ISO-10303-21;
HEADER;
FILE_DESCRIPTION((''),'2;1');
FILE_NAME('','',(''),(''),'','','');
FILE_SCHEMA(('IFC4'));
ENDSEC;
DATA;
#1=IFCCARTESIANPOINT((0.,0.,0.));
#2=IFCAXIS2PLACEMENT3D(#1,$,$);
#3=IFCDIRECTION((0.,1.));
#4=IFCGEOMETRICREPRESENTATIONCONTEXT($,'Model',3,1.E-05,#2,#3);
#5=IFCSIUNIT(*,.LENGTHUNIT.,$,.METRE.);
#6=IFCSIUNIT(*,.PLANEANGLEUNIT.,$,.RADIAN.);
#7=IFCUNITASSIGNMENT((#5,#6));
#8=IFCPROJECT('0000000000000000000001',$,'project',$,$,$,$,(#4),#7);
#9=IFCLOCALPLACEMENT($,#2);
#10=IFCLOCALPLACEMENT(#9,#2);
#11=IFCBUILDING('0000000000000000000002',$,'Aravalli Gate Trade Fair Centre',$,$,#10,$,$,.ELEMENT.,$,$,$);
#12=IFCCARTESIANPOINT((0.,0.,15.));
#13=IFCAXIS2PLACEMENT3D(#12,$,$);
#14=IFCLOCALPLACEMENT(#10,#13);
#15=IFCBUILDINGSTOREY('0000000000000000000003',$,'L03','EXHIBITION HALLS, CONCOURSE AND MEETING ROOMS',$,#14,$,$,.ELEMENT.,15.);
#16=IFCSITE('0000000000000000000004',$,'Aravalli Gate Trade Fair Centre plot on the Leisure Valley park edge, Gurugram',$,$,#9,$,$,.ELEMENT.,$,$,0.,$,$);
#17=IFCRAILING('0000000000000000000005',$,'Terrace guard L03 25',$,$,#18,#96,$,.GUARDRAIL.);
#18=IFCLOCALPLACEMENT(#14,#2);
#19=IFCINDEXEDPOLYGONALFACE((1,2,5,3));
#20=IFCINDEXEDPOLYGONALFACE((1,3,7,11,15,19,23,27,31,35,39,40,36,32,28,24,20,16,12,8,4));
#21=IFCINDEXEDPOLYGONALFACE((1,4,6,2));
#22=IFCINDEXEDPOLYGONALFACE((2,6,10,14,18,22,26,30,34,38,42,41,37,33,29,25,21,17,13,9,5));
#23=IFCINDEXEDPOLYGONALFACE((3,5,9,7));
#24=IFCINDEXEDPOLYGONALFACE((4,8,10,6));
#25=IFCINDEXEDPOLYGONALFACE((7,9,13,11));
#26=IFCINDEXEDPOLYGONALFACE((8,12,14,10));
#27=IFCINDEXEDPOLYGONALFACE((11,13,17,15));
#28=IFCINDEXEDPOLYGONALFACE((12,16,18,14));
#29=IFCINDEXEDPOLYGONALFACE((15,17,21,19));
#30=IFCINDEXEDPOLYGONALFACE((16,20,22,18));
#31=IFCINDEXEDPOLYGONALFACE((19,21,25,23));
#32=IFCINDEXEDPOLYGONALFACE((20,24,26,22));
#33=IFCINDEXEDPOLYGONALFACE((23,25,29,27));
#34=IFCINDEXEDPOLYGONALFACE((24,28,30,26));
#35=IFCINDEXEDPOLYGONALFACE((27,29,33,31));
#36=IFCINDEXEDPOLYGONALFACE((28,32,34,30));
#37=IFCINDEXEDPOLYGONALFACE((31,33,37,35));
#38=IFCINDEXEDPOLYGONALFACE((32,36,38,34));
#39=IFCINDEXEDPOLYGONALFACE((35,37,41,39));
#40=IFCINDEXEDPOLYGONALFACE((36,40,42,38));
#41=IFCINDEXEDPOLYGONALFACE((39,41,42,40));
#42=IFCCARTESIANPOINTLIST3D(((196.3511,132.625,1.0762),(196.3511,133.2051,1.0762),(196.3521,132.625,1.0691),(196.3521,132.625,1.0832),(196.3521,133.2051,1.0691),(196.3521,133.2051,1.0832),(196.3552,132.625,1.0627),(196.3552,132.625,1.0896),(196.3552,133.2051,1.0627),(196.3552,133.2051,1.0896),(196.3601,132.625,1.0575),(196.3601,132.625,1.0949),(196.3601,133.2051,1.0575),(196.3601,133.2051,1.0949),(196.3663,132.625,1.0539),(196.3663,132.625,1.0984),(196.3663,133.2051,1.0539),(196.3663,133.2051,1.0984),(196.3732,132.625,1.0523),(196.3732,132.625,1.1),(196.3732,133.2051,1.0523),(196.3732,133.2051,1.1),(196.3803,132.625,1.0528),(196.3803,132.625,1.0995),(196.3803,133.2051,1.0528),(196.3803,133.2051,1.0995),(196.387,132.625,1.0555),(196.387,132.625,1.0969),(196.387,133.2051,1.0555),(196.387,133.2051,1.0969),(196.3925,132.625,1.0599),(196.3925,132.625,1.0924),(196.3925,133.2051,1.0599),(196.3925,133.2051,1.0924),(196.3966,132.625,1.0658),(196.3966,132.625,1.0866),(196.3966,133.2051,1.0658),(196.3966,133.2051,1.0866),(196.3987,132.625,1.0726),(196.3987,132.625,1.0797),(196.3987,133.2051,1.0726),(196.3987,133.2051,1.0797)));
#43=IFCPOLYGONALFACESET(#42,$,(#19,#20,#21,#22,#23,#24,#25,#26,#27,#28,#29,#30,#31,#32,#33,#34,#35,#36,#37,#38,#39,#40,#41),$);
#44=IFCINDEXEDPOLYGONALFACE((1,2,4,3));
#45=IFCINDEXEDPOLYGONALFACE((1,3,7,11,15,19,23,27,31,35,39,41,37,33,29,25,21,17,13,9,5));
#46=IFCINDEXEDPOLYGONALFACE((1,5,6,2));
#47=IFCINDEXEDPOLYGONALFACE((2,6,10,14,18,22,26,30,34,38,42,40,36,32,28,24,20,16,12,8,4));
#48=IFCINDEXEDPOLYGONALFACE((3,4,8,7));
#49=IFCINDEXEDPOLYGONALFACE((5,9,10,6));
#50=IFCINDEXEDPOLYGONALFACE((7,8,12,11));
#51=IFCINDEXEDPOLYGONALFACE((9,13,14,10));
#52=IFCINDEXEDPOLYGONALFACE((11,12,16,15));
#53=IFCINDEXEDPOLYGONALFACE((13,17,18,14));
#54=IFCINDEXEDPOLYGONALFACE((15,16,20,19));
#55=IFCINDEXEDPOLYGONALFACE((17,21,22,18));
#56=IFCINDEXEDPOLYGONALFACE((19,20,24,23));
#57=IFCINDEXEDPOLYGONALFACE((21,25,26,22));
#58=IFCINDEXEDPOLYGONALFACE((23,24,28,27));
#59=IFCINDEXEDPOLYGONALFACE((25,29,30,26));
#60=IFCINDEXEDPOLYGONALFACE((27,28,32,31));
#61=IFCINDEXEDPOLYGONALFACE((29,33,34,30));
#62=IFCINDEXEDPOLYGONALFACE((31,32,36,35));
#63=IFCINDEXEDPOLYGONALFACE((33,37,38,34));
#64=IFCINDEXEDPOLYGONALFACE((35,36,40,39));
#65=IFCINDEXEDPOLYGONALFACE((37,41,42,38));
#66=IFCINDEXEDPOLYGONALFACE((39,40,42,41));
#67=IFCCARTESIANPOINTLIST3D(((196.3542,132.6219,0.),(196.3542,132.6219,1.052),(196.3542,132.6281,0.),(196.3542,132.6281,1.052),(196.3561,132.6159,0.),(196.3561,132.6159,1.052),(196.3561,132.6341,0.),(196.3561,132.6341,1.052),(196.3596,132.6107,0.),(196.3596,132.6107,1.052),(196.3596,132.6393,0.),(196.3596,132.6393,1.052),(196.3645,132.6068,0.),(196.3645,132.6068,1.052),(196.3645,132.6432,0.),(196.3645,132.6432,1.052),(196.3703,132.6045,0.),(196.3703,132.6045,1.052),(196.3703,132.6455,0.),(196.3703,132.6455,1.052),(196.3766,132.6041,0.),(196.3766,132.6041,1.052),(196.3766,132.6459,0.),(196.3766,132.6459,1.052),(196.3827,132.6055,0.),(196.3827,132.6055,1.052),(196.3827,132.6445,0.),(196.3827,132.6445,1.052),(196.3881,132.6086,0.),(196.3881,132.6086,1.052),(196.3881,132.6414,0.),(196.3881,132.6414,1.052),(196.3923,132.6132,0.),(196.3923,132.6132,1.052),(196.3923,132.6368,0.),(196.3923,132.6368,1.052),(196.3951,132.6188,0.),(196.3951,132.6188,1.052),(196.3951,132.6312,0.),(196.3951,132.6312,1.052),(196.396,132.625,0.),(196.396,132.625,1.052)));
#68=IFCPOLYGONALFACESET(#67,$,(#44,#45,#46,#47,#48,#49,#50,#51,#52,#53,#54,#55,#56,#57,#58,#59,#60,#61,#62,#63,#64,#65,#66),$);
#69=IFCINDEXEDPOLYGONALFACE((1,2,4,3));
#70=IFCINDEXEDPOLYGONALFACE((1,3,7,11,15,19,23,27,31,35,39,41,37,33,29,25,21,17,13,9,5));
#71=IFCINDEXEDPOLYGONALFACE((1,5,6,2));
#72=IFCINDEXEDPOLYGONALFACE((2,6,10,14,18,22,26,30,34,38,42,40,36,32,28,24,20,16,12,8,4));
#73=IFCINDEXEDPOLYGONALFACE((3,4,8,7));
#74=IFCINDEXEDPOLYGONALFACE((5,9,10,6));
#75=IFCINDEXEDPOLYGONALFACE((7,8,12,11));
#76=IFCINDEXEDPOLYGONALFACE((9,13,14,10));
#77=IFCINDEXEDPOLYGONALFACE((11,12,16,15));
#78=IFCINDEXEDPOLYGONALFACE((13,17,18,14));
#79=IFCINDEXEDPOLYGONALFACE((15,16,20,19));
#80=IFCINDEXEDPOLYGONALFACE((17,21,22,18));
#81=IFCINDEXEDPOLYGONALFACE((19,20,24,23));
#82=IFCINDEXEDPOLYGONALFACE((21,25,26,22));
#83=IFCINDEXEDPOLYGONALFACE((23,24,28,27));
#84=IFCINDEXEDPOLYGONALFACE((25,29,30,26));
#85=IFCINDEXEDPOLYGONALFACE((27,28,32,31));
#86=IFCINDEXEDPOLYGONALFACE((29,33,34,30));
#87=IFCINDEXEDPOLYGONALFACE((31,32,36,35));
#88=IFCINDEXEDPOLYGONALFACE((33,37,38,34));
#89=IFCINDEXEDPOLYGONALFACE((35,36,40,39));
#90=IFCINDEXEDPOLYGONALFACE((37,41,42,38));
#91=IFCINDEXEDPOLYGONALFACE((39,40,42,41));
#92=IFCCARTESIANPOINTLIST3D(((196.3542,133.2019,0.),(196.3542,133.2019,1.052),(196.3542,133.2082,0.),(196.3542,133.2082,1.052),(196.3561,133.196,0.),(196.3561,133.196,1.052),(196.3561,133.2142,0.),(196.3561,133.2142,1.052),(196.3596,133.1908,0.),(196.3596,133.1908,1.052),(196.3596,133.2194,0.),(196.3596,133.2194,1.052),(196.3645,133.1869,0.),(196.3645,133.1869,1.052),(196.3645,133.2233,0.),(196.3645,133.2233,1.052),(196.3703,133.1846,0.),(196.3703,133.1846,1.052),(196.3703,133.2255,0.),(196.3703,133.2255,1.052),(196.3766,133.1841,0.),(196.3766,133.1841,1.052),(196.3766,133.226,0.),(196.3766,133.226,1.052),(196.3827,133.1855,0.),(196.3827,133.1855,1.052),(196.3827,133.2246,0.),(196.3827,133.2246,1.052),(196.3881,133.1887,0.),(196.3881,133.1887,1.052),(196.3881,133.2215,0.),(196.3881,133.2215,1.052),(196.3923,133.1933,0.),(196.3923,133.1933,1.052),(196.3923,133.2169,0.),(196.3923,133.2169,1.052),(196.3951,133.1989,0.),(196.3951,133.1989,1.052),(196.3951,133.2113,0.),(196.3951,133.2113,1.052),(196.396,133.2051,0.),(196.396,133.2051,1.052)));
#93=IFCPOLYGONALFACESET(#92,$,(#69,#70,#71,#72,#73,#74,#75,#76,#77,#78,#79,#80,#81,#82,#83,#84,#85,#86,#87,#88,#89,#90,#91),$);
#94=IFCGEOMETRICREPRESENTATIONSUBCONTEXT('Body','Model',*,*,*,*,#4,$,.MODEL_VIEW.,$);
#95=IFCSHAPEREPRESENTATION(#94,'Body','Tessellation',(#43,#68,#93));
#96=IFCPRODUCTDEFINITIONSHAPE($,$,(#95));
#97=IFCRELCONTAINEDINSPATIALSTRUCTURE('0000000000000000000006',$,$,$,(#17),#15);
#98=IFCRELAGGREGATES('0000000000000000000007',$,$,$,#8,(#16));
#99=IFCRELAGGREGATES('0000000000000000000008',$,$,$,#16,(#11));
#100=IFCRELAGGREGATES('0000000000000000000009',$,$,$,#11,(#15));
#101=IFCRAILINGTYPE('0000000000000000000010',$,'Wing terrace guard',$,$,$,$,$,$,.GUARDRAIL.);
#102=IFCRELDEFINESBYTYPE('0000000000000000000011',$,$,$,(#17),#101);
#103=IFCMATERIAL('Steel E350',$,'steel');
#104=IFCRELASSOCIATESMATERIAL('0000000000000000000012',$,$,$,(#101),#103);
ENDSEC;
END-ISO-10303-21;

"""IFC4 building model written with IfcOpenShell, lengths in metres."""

from ifc_helpers import new_model, si_unit, direction, frame, origin, origin_2d, place, context, subcontext, project, spatial, circle, extrude, material, type_object, element, save


model = new_model("IFC4")

# Units and contexts
model_context = context("Model", 3, precision=1e-05, world=origin(), true_north=direction((0.0, 1.0)))
body_context = subcontext(model_context, "Body", "Model", "MODEL_VIEW")
ifc_project = project(units=[si_unit("LENGTHUNIT", "METRE"), si_unit("PLANEANGLEUNIT", "RADIAN")], contexts=[model_context])

# Site, building, storey
site_placement = place(None, origin())
site = spatial("IfcSite", under=ifc_project, at=site_placement, Name="Aravalli Gate Trade Fair Centre plot on the Leisure Valley park edge, Gurugram", CompositionType="ELEMENT", RefElevation=0.0)
building_placement = place(site_placement, origin())
building = spatial("IfcBuilding", under=site, at=building_placement, Name="Aravalli Gate Trade Fair Centre", CompositionType="ELEMENT")
storey_placement = place(building_placement, frame((0.0, 0.0, 15.0)))
storey = spatial("IfcBuildingStorey", under=building, at=storey_placement, Name="L03", Description="EXHIBITION HALLS, CONCOURSE AND MEETING ROOMS", CompositionType="ELEMENT", Elevation=15.0)

# Shared definitions
ifc_material_1 = material(Name="Steel E350", Category="steel")

# Railing
railing_type = type_object("IfcRailingType", Name="Wing terrace guard", PredefinedType="GUARDRAIL", material=ifc_material_1)
railing_1_placement = place(storey_placement, frame((196.375, 132.625, 0.0)))
element("IfcRailing", 1, at=railing_1_placement, inside=storey, type_object=railing_type, Name="Terrace guard L03 25", PredefinedType="GUARDRAIL", context=body_context, shape_type="SweptSolid", body=[
    extrude(circle(Radius=0.0239, at=origin_2d()), frame((0.0, 0.0, 1.0762), z_axis=(0.0, 1.0, 0.0), x_axis=(-1.0, 0.0, 0.0)), (0.0, 0.0, 1.0), 0.5801),
    extrude(circle(Radius=0.021, at=origin_2d()), origin(), (0.0, 0.0, 1.0), 1.052),
    extrude(circle(Radius=0.021, at=origin_2d()), frame((0.0, 0.5801, 0.0)), (0.0, 0.0, 1.0), 1.052),
])

save(model, "model.ifc")
